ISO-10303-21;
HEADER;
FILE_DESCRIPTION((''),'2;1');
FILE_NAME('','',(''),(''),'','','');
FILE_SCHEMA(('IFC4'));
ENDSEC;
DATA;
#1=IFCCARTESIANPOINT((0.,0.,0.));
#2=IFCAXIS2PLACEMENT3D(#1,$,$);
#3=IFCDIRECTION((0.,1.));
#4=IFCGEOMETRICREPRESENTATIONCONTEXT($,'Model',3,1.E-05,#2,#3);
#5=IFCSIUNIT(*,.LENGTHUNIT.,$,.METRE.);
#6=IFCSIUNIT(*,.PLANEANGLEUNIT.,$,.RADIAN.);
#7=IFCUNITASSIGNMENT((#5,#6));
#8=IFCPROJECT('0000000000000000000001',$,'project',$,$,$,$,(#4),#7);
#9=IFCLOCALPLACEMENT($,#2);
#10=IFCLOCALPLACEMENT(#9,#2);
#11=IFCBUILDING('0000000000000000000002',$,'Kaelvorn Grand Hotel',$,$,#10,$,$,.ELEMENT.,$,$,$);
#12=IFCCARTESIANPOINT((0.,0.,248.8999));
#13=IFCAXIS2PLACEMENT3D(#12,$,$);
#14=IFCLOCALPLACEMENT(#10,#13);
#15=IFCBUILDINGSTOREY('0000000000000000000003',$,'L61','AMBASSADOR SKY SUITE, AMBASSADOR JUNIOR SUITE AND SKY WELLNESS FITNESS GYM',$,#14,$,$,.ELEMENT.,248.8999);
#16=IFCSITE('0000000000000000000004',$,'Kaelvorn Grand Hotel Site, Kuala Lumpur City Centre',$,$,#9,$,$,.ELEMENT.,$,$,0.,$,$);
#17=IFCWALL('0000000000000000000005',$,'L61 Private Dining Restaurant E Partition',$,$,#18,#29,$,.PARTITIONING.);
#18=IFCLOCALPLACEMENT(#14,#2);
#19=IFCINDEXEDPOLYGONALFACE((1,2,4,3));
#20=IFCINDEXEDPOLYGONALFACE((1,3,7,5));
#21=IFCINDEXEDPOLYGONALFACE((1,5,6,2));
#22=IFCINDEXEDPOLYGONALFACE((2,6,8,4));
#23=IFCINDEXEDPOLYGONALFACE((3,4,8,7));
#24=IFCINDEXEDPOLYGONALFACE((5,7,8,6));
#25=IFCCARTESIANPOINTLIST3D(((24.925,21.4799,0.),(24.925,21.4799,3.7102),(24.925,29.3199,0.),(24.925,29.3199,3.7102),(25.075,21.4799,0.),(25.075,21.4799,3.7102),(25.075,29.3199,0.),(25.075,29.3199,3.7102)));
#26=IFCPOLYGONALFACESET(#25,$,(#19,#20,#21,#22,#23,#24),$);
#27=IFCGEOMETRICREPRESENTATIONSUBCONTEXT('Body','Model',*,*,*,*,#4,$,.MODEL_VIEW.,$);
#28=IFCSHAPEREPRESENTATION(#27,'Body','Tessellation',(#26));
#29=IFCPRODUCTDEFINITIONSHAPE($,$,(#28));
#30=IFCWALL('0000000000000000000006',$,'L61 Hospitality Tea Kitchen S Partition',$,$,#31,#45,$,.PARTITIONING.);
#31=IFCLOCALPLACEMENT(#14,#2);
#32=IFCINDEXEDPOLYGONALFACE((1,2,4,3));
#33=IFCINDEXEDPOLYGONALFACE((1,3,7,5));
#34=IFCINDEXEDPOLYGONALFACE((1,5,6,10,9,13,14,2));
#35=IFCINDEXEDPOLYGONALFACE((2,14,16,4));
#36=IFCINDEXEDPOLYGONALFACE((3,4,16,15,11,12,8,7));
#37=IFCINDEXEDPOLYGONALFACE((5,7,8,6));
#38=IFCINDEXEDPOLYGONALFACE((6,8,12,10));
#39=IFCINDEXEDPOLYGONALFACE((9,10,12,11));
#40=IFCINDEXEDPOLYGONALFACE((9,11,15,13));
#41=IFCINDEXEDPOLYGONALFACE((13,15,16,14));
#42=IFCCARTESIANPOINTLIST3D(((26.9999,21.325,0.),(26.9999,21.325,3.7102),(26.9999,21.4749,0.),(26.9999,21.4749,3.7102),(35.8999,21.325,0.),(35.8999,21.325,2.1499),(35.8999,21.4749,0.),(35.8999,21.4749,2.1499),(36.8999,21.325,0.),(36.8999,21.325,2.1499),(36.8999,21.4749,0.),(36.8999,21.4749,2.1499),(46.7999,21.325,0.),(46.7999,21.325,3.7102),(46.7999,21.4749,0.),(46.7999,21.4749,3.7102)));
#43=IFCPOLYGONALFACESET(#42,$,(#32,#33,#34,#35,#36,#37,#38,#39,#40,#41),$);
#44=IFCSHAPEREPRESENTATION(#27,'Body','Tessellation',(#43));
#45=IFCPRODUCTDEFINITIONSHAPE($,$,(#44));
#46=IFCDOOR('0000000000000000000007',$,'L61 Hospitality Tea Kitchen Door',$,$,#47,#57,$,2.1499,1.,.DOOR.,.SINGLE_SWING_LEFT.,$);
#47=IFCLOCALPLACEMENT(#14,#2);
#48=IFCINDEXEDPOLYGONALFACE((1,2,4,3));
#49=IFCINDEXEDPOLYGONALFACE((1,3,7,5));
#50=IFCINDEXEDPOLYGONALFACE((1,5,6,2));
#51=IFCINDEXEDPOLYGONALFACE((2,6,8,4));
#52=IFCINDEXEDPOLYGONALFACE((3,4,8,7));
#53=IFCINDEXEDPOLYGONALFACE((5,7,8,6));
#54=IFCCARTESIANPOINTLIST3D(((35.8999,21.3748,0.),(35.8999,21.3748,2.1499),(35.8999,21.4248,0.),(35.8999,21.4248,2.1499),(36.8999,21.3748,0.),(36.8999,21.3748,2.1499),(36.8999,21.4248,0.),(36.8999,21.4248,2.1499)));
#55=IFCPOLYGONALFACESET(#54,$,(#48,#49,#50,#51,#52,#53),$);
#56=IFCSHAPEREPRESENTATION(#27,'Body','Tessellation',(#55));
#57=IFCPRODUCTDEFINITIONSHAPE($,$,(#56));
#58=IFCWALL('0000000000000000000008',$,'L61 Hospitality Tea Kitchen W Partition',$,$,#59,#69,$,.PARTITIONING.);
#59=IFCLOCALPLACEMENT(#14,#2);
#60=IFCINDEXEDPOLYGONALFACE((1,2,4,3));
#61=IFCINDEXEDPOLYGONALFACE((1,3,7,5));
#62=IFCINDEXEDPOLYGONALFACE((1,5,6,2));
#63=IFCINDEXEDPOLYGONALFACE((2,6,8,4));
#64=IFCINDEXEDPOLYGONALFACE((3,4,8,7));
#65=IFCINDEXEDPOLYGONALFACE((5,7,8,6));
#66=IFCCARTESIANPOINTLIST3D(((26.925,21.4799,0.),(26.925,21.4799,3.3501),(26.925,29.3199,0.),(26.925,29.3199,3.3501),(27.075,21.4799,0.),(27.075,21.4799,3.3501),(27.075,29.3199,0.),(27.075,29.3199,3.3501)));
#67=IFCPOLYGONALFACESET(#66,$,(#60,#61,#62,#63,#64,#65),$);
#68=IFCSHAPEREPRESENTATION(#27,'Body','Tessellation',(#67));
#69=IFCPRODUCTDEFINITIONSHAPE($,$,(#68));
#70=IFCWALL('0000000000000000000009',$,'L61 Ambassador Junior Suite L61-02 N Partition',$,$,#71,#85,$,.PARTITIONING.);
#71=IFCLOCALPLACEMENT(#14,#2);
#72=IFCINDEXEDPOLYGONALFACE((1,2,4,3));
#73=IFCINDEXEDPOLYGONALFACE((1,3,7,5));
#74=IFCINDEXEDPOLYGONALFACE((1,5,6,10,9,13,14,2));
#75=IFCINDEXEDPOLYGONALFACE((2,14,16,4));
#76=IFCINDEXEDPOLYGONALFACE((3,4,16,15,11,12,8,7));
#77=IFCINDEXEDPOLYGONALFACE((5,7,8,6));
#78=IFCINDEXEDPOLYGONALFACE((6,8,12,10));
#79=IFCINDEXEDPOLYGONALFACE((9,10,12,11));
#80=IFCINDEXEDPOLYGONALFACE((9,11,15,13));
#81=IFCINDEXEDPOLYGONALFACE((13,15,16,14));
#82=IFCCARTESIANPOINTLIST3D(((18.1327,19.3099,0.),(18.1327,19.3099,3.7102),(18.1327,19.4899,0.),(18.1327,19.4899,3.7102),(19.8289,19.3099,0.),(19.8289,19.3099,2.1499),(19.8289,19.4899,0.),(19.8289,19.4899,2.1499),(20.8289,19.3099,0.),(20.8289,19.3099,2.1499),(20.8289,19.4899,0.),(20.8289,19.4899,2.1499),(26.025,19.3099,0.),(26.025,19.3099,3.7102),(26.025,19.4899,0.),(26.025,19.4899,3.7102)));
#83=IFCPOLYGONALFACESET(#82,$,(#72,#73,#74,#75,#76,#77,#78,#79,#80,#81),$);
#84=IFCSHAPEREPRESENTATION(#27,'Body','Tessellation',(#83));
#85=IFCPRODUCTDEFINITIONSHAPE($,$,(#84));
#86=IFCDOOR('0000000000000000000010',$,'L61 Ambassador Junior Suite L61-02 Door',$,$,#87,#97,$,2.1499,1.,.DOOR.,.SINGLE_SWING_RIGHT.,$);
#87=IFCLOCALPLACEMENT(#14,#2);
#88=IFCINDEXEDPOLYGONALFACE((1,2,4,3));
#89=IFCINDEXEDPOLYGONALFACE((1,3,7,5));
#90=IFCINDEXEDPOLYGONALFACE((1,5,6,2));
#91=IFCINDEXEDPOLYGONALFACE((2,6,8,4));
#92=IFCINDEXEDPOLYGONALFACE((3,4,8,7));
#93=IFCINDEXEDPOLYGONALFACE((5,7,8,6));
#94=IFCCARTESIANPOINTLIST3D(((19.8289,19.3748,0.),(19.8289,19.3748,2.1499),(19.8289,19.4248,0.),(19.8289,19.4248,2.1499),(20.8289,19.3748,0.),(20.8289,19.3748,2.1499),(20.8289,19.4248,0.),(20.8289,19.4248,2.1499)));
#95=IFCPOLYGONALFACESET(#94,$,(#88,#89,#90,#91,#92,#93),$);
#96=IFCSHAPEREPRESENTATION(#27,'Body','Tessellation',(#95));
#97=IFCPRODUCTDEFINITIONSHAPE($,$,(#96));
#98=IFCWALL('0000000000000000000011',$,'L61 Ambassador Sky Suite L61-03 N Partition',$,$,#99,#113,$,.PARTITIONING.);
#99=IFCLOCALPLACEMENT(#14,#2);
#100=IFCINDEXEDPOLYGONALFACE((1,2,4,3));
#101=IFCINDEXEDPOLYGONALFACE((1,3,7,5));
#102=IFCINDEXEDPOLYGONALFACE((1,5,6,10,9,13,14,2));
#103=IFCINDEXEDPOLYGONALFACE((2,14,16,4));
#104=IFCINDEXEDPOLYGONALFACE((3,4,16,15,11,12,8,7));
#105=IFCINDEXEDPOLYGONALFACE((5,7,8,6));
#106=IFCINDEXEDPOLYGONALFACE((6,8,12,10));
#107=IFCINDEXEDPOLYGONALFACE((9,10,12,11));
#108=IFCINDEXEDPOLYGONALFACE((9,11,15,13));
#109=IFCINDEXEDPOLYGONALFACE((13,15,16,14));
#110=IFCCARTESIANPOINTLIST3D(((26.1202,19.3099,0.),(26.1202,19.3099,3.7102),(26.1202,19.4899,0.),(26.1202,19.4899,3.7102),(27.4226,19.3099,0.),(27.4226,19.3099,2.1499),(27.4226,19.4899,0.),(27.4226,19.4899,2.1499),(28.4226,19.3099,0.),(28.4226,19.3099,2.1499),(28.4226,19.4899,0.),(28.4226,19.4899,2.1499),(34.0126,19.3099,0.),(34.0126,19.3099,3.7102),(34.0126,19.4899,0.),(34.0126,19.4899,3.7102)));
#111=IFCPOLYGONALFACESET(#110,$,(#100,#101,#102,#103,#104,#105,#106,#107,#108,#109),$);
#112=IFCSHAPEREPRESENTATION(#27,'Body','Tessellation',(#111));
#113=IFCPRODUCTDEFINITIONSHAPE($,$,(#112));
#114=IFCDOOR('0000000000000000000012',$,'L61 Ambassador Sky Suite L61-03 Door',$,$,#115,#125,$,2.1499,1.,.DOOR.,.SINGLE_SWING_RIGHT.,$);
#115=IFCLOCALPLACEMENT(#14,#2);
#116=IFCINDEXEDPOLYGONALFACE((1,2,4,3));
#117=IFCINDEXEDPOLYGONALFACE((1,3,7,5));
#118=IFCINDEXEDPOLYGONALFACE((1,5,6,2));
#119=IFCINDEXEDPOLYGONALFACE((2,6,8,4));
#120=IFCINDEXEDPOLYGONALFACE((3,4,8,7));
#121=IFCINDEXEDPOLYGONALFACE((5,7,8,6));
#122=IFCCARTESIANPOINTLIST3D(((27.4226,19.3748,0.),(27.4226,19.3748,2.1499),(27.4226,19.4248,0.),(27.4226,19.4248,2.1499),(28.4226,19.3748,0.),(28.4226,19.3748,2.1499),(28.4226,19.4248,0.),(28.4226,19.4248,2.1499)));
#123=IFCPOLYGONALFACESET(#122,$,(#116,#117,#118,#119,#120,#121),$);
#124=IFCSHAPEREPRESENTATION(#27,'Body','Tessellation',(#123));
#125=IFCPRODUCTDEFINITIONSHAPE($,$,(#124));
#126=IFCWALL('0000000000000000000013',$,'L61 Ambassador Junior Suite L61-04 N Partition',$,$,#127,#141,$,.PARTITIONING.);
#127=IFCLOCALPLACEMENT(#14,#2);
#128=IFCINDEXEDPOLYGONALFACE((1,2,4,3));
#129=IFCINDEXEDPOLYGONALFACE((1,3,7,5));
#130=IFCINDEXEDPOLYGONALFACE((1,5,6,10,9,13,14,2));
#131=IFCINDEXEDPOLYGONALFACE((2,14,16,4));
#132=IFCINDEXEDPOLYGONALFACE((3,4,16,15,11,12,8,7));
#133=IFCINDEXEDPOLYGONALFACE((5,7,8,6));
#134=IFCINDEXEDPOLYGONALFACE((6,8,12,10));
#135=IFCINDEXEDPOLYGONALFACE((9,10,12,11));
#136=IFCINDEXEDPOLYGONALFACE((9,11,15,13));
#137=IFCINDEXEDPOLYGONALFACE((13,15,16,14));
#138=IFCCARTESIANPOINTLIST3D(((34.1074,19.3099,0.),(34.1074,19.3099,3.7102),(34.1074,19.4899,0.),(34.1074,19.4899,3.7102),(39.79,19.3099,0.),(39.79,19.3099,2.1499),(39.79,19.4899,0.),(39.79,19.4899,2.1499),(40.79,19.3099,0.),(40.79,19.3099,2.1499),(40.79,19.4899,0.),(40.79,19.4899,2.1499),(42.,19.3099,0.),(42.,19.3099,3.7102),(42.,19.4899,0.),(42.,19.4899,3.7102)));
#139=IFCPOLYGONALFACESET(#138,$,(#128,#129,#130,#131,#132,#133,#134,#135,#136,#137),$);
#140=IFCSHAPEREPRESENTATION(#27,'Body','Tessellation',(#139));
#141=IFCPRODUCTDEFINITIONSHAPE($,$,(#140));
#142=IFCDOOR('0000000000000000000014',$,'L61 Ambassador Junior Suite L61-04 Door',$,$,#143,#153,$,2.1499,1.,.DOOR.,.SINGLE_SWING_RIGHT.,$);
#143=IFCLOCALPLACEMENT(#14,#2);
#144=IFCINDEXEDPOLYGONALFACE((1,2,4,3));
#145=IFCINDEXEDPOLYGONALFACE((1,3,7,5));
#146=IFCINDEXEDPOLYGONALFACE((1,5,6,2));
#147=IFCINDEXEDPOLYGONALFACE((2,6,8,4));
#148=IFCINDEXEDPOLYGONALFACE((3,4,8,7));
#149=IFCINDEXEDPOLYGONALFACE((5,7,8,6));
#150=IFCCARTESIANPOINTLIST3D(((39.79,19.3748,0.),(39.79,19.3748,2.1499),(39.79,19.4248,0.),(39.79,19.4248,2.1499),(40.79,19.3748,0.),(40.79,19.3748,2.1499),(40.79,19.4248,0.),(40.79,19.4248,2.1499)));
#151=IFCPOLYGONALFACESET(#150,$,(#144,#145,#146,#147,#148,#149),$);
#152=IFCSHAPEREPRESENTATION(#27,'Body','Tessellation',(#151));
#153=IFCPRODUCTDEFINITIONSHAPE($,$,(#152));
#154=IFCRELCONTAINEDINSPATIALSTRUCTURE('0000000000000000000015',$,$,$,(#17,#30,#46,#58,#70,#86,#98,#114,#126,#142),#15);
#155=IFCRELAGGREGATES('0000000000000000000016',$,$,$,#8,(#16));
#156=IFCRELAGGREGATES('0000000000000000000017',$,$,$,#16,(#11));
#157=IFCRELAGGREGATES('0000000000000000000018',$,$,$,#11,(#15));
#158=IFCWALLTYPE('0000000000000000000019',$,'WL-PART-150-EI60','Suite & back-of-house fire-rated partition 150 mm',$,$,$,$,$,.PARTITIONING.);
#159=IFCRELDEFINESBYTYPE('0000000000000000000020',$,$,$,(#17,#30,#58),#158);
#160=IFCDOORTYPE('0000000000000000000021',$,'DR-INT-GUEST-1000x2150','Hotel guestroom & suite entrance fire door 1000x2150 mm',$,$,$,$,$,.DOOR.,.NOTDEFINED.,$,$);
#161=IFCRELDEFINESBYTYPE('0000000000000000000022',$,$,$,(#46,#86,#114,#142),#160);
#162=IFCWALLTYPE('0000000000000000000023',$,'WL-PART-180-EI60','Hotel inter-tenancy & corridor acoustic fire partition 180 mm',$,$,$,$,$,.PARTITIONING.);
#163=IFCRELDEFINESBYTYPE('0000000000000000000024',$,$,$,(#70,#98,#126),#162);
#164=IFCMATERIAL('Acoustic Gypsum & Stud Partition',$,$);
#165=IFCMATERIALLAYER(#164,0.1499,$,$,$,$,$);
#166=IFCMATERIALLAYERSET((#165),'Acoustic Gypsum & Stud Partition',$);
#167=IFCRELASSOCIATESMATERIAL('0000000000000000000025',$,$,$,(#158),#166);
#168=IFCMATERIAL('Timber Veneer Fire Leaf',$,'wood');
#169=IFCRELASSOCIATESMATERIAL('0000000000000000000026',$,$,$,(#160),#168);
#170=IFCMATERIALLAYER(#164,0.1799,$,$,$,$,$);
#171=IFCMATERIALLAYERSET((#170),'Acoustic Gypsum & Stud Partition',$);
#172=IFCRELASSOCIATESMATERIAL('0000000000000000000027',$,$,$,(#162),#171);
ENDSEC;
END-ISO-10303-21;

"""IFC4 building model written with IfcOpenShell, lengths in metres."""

from ifc_helpers import new_model, si_unit, direction, frame, frame_2d, origin, place, context, subcontext, project, spatial, rectangle, extrude, material, layer, layer_set, type_object, element, fill, save


model = new_model("IFC4")

# Units and contexts
model_context = context("Model", 3, precision=1e-05, world=origin(), true_north=direction((0.0, 1.0)))
body_context = subcontext(model_context, "Body", "Model", "MODEL_VIEW")
ifc_project = project(units=[si_unit("LENGTHUNIT", "METRE"), si_unit("PLANEANGLEUNIT", "RADIAN")], contexts=[model_context])

# Site, building, storey
site_placement = place(None, origin())
site = spatial("IfcSite", under=ifc_project, at=site_placement, Name="Kaelvorn Grand Hotel Site, Kuala Lumpur City Centre", CompositionType="ELEMENT", RefElevation=0.0)
building_placement = place(site_placement, origin())
building = spatial("IfcBuilding", under=site, at=building_placement, Name="Kaelvorn Grand Hotel", CompositionType="ELEMENT")
storey_placement = place(building_placement, frame((0.0, 0.0, 248.8999)))
storey = spatial("IfcBuildingStorey", under=building, at=storey_placement, Name="L61", Description="AMBASSADOR SKY SUITE, AMBASSADOR JUNIOR SUITE AND SKY WELLNESS FITNESS GYM", CompositionType="ELEMENT", Elevation=248.8999)

# Wall
ifc_material_1 = material(Name="Acoustic Gypsum & Stud Partition")
ifc_layer_1 = layer(ifc_material_1, 0.1499)
ifc_layer_set_1 = layer_set([ifc_layer_1], Name="Acoustic Gypsum & Stud Partition")
wall_type_1 = type_object("IfcWallType", Name="WL-PART-150-EI60", Description="Suite & back-of-house fire-rated partition 150 mm", PredefinedType="PARTITIONING", material=ifc_layer_set_1)
wall_1_placement = place(storey_placement, frame((25.0, 21.48, 0.0), z_axis=(0.0, 0.0, 1.0), x_axis=(0.0, 1.0, 0.0)))
element("IfcWall", 1, at=wall_1_placement, inside=storey, type_object=wall_type_1, Name="L61 Private Dining Restaurant E Partition", PredefinedType="PARTITIONING", context=body_context, shape_type="SweptSolid", body=[
    extrude(rectangle(XDim=7.8401, YDim=0.1499, at=frame_2d((3.9199, 0.0))), origin(), (0.0, 0.0, 1.0), 3.7102),
])

# Wall, opening, door
wall_2_placement = place(storey_placement, frame((27.0, 21.3999, 0.0), z_axis=(0.0, 0.0, 1.0), x_axis=(1.0, 0.0, 0.0)))
wall_2 = element("IfcWall", 2, at=wall_2_placement, inside=storey, type_object=wall_type_1, Name="L61 Hospitality Tea Kitchen S Partition", PredefinedType="PARTITIONING", context=body_context, shape_type="SweptSolid", body=[
    extrude(rectangle(XDim=19.8, YDim=0.1499, at=frame_2d((9.8999, 0.0))), origin(), (0.0, 0.0, 1.0), 3.7102),
])
opening_1_placement = place(wall_2_placement, frame((8.8999, 0.0, 0.0)))
opening_1 = element("IfcOpeningElement", 3, at=opening_1_placement, cuts=wall_2, PredefinedType="OPENING", context=body_context, shape_type="SweptSolid", body=[
    extrude(rectangle(XDim=1.0, YDim=2.1499, at=frame_2d((0.5, 1.075))), frame((0.0, 0.085, 0.0), z_axis=(0.0, -1.0, 0.0), x_axis=(1.0, 0.0, 0.0)), (0.0, 0.0, 1.0), 0.1699),
])
ifc_material_2 = material(Name="Timber Veneer Fire Leaf", Category="wood")
door_type_1 = type_object("IfcDoorType", Name="DR-INT-GUEST-1000x2150", Description="Hotel guestroom & suite entrance fire door 1000x2150 mm", OperationType="NOTDEFINED", PredefinedType="DOOR", material=ifc_material_2)
door_1_placement = place(opening_1_placement, origin())
door_1 = element("IfcDoor", 4, at=door_1_placement, inside=storey, type_object=door_type_1, Name="L61 Hospitality Tea Kitchen Door", OperationType="SINGLE_SWING_LEFT", OverallHeight=2.1499, OverallWidth=1.0, PredefinedType="DOOR", context=body_context, shape_type="SweptSolid", body=[
    extrude(rectangle(XDim=1.0, YDim=2.1499, at=frame_2d((0.5, 1.075))), frame((0.0, 0.0249, 0.0), z_axis=(0.0, -1.0, 0.0), x_axis=(1.0, 0.0, 0.0)), (0.0, 0.0, 1.0), 0.05),
])
fill(opening_1, door_1)

# Wall
wall_3_placement = place(storey_placement, frame((27.0, 21.48, 0.0), z_axis=(0.0, 0.0, 1.0), x_axis=(0.0, 1.0, 0.0)))
element("IfcWall", 5, at=wall_3_placement, inside=storey, type_object=wall_type_1, Name="L61 Hospitality Tea Kitchen W Partition", PredefinedType="PARTITIONING", context=body_context, shape_type="SweptSolid", body=[
    extrude(rectangle(XDim=7.8401, YDim=0.1499, at=frame_2d((3.9199, 0.0))), origin(), (0.0, 0.0, 1.0), 3.3501),
])

# Walls, openings, doors
ifc_layer_2 = layer(ifc_material_1, 0.1799)
ifc_layer_set_2 = layer_set([ifc_layer_2], Name="Acoustic Gypsum & Stud Partition")
wall_type_2 = type_object("IfcWallType", Name="WL-PART-180-EI60", Description="Hotel inter-tenancy & corridor acoustic fire partition 180 mm", PredefinedType="PARTITIONING", material=ifc_layer_set_2)
wall_4_placement = place(storey_placement, frame((18.1326, 19.3999, 0.0), z_axis=(0.0, 0.0, 1.0), x_axis=(1.0, 0.0, 0.0)))
wall_4 = element("IfcWall", 6, at=wall_4_placement, inside=storey, type_object=wall_type_2, Name="L61 Ambassador Junior Suite L61-02 N Partition", PredefinedType="PARTITIONING", context=body_context, shape_type="SweptSolid", body=[
    extrude(rectangle(XDim=7.8923, YDim=0.1799, at=frame_2d((3.9463, 0.0))), origin(), (0.0, 0.0, 1.0), 3.7102),
])
opening_2_placement = place(wall_4_placement, frame((1.6963, 0.0, 0.0)))
opening_2 = element("IfcOpeningElement", 7, at=opening_2_placement, cuts=wall_4, PredefinedType="OPENING", context=body_context, shape_type="SweptSolid", body=[
    extrude(rectangle(XDim=1.0, YDim=2.1499, at=frame_2d((0.5, 1.075))), frame((0.0, 0.1001, 0.0), z_axis=(0.0, -1.0, 0.0), x_axis=(1.0, 0.0, 0.0)), (0.0, 0.0, 1.0), 0.2),
])
door_2_placement = place(opening_2_placement, origin())
door_2 = element("IfcDoor", 8, at=door_2_placement, inside=storey, type_object=door_type_1, Name="L61 Ambassador Junior Suite L61-02 Door", OperationType="SINGLE_SWING_RIGHT", OverallHeight=2.1499, OverallWidth=1.0, PredefinedType="DOOR", context=body_context, shape_type="SweptSolid", body=[
    extrude(rectangle(XDim=1.0, YDim=2.1499, at=frame_2d((0.5, 1.075))), frame((0.0, 0.0249, 0.0), z_axis=(0.0, -1.0, 0.0), x_axis=(1.0, 0.0, 0.0)), (0.0, 0.0, 1.0), 0.05),
])
fill(opening_2, door_2)
wall_5_placement = place(storey_placement, frame((26.1201, 19.3999, 0.0), z_axis=(0.0, 0.0, 1.0), x_axis=(1.0, 0.0, 0.0)))
wall_5 = element("IfcWall", 9, at=wall_5_placement, inside=storey, type_object=wall_type_2, Name="L61 Ambassador Sky Suite L61-03 N Partition", PredefinedType="PARTITIONING", context=body_context, shape_type="SweptSolid", body=[
    extrude(rectangle(XDim=7.8923, YDim=0.1799, at=frame_2d((3.9463, 0.0))), origin(), (0.0, 0.0, 1.0), 3.7102),
])
opening_3_placement = place(wall_5_placement, frame((1.3025, 0.0, 0.0)))
opening_3 = element("IfcOpeningElement", 10, at=opening_3_placement, cuts=wall_5, PredefinedType="OPENING", context=body_context, shape_type="SweptSolid", body=[
    extrude(rectangle(XDim=1.0, YDim=2.1499, at=frame_2d((0.5, 1.075))), frame((0.0, 0.1001, 0.0), z_axis=(0.0, -1.0, 0.0), x_axis=(1.0, 0.0, 0.0)), (0.0, 0.0, 1.0), 0.2),
])
door_3_placement = place(opening_3_placement, origin())
door_3 = element("IfcDoor", 11, at=door_3_placement, inside=storey, type_object=door_type_1, Name="L61 Ambassador Sky Suite L61-03 Door", OperationType="SINGLE_SWING_RIGHT", OverallHeight=2.1499, OverallWidth=1.0, PredefinedType="DOOR", context=body_context, shape_type="SweptSolid", body=[
    extrude(rectangle(XDim=1.0, YDim=2.1499, at=frame_2d((0.5, 1.075))), frame((0.0, 0.0249, 0.0), z_axis=(0.0, -1.0, 0.0), x_axis=(1.0, 0.0, 0.0)), (0.0, 0.0, 1.0), 0.05),
])
fill(opening_3, door_3)
wall_6_placement = place(storey_placement, frame((34.1074, 19.3999, 0.0), z_axis=(0.0, 0.0, 1.0), x_axis=(1.0, 0.0, 0.0)))
wall_6 = element("IfcWall", 12, at=wall_6_placement, inside=storey, type_object=wall_type_2, Name="L61 Ambassador Junior Suite L61-04 N Partition", PredefinedType="PARTITIONING", context=body_context, shape_type="SweptSolid", body=[
    extrude(rectangle(XDim=7.8926, YDim=0.1799, at=frame_2d((3.9463, 0.0))), origin(), (0.0, 0.0, 1.0), 3.7102),
])
opening_4_placement = place(wall_6_placement, frame((5.6826, 0.0, 0.0)))
opening_4 = element("IfcOpeningElement", 13, at=opening_4_placement, cuts=wall_6, PredefinedType="OPENING", context=body_context, shape_type="SweptSolid", body=[
    extrude(rectangle(XDim=1.0, YDim=2.1499, at=frame_2d((0.5, 1.075))), frame((0.0, 0.1001, 0.0), z_axis=(0.0, -1.0, 0.0), x_axis=(1.0, 0.0, 0.0)), (0.0, 0.0, 1.0), 0.2),
])
door_4_placement = place(opening_4_placement, origin())
door_4 = element("IfcDoor", 14, at=door_4_placement, inside=storey, type_object=door_type_1, Name="L61 Ambassador Junior Suite L61-04 Door", OperationType="SINGLE_SWING_RIGHT", OverallHeight=2.1499, OverallWidth=1.0, PredefinedType="DOOR", context=body_context, shape_type="SweptSolid", body=[
    extrude(rectangle(XDim=1.0, YDim=2.1499, at=frame_2d((0.5, 1.075))), frame((0.0, 0.0249, 0.0), z_axis=(0.0, -1.0, 0.0), x_axis=(1.0, 0.0, 0.0)), (0.0, 0.0, 1.0), 0.05),
])
fill(opening_4, door_4)

save(model, "model.ifc")
